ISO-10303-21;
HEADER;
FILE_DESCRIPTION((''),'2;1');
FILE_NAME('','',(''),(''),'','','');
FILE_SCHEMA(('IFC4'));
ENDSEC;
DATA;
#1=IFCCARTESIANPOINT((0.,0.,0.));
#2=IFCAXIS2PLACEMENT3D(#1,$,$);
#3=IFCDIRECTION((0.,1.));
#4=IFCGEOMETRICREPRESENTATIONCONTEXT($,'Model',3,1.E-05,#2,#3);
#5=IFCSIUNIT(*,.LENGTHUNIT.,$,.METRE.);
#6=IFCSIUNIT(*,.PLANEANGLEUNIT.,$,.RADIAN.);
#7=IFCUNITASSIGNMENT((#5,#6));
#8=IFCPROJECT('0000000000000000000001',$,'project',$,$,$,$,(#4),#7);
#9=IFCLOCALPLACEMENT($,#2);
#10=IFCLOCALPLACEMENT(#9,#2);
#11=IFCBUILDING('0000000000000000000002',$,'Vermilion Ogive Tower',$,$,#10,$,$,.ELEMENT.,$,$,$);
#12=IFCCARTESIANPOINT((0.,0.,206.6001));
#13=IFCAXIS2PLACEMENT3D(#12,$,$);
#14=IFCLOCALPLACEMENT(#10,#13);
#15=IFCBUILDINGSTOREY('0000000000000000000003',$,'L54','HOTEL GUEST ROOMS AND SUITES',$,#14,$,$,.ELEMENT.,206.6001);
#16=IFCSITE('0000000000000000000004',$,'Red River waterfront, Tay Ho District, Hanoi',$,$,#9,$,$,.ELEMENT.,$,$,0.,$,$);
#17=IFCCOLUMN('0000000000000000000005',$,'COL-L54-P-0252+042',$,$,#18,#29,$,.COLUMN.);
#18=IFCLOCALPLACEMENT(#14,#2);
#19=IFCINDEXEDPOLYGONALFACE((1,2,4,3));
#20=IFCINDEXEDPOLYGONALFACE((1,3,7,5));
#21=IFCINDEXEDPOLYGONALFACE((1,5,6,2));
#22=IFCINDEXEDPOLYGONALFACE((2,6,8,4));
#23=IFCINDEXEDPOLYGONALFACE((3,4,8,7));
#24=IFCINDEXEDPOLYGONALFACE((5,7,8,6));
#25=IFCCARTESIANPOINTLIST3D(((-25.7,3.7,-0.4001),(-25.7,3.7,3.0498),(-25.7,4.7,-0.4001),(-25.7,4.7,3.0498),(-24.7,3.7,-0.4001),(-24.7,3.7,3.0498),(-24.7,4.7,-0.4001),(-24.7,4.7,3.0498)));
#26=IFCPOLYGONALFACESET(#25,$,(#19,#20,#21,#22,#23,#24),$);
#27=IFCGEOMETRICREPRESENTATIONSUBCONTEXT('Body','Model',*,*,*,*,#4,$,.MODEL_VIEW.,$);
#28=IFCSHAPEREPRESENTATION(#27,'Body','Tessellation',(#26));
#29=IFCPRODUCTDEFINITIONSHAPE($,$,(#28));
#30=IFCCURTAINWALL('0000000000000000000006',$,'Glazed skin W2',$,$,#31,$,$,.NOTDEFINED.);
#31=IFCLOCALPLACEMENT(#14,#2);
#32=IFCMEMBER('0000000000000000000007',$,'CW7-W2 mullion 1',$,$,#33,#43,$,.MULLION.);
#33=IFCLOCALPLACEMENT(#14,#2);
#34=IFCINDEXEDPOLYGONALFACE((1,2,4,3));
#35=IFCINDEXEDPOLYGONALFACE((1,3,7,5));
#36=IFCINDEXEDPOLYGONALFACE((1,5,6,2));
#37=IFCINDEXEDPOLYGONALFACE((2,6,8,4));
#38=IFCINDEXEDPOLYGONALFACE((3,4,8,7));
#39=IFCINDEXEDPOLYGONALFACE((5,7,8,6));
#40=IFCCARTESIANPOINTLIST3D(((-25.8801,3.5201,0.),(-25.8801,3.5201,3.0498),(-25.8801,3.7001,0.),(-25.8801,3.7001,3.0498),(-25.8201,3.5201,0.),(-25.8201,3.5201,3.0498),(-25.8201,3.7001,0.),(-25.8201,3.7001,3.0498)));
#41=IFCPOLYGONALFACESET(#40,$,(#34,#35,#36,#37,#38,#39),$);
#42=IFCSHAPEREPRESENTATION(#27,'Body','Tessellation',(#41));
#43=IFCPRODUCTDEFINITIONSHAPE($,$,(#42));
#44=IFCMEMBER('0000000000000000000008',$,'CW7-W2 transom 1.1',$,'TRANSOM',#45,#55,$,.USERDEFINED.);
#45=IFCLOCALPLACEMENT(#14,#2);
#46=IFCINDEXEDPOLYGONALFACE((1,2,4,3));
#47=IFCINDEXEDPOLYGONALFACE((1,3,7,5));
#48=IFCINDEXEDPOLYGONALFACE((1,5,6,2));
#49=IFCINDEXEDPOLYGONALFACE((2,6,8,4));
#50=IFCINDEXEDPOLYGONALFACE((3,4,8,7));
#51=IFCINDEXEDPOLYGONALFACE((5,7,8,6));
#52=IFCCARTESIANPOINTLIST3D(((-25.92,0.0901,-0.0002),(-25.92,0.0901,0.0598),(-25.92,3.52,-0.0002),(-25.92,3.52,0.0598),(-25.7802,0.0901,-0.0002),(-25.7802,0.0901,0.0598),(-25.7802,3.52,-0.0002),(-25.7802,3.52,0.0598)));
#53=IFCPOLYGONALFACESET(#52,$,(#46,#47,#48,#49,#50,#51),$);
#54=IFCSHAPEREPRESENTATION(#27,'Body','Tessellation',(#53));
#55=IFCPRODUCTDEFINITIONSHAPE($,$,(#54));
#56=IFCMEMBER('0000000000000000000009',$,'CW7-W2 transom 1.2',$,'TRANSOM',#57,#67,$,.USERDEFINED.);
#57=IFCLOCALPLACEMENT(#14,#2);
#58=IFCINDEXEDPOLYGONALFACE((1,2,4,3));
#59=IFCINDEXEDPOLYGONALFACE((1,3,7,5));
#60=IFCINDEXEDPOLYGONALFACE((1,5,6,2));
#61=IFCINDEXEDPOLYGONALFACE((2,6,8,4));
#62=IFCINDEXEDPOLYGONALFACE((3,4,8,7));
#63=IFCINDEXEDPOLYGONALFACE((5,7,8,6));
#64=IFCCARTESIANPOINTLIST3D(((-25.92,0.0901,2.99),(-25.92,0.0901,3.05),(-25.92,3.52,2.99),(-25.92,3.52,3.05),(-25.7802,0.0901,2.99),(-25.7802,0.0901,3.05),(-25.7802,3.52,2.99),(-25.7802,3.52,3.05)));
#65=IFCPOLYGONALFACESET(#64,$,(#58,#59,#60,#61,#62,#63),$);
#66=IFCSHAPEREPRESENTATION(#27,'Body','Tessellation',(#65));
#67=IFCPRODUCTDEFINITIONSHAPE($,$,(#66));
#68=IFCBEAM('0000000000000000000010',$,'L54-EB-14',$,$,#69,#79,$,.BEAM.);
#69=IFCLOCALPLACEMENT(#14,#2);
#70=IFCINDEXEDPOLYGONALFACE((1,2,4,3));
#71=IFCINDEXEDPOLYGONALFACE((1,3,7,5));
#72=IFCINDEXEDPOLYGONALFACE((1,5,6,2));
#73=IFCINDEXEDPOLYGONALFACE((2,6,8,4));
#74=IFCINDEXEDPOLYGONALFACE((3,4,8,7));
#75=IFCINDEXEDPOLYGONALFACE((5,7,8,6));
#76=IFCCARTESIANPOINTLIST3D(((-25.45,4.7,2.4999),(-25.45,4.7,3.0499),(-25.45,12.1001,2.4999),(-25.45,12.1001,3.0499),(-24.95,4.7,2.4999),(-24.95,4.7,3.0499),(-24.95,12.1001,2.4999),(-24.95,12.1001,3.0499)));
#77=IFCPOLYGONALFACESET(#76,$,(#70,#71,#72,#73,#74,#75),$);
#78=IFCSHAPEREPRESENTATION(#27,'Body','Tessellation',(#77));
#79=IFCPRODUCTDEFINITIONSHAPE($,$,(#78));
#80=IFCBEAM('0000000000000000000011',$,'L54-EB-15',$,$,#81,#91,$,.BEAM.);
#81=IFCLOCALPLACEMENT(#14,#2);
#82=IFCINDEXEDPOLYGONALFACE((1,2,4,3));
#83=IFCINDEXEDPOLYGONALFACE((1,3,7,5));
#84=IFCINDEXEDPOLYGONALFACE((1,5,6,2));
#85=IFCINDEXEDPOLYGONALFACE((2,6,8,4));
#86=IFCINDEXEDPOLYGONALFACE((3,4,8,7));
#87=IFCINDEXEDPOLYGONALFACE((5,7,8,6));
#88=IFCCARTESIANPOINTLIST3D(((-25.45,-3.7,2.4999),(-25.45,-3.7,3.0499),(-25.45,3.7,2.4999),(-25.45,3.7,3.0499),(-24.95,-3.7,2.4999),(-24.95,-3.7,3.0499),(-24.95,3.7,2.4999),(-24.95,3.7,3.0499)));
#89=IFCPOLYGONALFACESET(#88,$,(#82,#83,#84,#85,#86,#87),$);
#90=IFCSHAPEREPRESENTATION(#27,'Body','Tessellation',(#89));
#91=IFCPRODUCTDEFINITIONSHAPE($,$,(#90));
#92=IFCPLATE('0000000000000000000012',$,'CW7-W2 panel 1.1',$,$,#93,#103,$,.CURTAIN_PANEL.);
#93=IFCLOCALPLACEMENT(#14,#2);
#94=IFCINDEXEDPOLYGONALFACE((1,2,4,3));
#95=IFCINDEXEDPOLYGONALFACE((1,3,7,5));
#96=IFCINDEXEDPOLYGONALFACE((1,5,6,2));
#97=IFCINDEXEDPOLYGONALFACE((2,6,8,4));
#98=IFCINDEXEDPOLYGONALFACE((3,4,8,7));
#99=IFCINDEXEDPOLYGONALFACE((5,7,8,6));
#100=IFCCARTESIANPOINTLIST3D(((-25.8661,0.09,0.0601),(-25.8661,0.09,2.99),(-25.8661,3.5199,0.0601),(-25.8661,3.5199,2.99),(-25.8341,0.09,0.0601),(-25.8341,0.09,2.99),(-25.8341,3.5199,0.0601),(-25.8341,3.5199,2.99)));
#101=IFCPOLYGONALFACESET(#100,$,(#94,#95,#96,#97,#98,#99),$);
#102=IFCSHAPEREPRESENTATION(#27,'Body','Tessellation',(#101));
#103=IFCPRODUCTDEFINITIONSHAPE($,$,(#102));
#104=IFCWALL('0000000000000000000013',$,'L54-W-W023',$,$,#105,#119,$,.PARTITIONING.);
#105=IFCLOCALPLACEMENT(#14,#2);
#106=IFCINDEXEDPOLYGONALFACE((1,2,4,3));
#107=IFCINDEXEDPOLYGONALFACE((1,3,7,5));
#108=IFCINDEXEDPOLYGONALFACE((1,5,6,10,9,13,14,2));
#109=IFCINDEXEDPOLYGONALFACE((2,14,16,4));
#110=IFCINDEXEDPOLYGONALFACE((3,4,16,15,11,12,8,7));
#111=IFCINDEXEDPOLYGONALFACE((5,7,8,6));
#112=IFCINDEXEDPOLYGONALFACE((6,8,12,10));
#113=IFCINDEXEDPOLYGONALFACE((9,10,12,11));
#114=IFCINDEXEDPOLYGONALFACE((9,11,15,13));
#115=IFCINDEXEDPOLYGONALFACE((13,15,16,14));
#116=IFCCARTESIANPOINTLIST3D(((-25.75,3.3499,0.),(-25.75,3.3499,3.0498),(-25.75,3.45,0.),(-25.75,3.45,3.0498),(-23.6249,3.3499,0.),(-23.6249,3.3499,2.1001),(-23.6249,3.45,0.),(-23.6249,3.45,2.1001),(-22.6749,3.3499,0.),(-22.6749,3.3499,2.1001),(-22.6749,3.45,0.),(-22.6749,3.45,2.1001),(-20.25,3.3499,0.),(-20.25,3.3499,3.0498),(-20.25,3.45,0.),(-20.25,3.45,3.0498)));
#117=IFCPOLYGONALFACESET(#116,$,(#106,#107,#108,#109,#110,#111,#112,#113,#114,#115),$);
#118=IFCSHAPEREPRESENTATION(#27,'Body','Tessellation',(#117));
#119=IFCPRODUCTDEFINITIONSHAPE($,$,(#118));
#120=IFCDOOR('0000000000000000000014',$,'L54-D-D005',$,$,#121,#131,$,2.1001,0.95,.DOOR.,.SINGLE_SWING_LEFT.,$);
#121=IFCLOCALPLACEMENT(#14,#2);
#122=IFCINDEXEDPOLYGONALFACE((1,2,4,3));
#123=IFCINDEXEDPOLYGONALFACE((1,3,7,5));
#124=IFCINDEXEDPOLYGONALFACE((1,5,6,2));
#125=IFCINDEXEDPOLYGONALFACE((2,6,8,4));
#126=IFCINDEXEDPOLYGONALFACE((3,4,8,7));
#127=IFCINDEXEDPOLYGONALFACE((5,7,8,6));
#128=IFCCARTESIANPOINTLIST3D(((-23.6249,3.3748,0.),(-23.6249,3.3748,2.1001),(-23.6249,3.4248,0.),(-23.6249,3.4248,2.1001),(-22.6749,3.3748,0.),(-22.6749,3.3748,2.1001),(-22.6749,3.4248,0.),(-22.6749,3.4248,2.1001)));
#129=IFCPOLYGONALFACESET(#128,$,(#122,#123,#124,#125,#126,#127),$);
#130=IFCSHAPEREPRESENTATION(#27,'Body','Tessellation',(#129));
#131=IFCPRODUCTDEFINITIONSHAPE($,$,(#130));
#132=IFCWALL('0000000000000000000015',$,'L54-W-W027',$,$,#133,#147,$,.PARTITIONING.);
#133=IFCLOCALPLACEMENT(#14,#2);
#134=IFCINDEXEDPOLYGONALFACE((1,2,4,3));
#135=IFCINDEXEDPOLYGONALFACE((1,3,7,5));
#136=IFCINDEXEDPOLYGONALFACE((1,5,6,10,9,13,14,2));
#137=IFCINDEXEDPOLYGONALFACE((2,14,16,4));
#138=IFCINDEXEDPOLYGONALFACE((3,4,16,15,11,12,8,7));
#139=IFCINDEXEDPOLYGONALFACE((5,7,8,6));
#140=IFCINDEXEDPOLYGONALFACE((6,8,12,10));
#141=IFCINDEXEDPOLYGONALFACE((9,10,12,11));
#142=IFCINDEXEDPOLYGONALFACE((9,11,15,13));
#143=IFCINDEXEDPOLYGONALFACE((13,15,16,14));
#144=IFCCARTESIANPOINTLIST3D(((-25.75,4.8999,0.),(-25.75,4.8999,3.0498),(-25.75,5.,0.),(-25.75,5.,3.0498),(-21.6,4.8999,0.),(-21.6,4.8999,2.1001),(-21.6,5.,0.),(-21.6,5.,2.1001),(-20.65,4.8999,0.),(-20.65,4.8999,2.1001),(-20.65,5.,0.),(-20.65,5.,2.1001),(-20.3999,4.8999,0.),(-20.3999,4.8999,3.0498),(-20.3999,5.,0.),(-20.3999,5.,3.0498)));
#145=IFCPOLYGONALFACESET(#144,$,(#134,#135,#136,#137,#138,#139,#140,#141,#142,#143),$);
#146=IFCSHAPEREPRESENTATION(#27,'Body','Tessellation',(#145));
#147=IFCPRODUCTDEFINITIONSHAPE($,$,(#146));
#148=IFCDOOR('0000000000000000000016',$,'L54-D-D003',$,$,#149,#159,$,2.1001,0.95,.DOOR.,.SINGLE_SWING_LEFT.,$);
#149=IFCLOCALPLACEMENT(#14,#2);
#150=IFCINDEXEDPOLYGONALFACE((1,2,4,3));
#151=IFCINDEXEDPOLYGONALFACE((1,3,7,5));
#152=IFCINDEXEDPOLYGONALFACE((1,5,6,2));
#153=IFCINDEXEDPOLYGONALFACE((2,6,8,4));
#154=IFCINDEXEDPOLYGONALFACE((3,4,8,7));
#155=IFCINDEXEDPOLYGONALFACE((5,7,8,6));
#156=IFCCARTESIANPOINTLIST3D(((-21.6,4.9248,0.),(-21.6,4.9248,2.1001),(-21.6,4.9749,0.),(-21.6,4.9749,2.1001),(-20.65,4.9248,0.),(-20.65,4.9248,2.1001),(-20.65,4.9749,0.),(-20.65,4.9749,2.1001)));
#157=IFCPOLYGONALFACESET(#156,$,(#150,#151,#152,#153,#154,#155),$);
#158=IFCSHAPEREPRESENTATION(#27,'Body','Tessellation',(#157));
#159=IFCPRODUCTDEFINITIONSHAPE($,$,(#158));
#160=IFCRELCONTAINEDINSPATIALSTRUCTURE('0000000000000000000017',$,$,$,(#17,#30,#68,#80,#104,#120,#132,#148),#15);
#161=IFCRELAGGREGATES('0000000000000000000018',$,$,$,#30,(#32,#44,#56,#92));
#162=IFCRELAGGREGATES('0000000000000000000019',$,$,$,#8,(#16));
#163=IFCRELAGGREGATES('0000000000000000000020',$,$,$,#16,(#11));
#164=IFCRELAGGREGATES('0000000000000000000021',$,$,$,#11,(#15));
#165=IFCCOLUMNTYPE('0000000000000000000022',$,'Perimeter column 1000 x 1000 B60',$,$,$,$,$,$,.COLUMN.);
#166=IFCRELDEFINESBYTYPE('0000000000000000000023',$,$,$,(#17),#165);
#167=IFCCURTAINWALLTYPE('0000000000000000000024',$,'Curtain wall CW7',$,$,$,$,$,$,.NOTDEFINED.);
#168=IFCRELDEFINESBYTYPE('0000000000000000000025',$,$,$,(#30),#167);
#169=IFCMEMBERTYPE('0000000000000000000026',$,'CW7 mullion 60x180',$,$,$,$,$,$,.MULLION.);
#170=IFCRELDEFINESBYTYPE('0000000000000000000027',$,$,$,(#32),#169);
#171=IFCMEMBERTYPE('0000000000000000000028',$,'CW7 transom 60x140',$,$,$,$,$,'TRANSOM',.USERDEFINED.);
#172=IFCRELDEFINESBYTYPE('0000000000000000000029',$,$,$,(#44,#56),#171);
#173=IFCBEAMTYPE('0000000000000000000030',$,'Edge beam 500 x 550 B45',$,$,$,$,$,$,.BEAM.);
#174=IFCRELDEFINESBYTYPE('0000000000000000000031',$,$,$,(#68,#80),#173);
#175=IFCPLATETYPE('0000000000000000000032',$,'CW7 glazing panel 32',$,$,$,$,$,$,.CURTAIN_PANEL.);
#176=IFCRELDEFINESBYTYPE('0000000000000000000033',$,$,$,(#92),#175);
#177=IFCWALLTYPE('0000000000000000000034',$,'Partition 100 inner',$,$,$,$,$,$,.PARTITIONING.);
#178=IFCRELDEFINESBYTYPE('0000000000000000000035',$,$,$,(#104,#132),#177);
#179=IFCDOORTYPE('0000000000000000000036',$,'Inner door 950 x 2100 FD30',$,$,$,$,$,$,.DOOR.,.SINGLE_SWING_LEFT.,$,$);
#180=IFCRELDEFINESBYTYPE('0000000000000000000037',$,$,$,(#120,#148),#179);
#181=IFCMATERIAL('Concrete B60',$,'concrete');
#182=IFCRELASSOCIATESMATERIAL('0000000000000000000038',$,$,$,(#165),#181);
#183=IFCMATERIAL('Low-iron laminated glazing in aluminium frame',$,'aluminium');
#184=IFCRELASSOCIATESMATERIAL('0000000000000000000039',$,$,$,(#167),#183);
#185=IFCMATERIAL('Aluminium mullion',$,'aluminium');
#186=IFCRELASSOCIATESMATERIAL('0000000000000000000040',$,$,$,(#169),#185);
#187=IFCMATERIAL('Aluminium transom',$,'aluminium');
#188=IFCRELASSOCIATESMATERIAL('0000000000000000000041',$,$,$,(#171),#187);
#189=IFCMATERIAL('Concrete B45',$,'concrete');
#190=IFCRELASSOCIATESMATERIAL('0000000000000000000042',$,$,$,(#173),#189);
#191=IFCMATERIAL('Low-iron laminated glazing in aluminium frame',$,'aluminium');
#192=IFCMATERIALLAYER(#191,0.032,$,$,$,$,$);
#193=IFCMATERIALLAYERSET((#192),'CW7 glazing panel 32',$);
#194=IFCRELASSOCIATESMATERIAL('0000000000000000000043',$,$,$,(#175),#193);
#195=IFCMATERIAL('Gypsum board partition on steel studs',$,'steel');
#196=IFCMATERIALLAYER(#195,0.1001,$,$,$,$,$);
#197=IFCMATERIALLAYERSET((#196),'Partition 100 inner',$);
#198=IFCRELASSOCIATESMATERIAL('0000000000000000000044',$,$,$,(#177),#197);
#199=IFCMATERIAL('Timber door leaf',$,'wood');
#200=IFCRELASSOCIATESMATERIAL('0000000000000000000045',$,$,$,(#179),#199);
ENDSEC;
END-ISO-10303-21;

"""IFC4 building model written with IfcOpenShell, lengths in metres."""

from ifc_helpers import new_model, si_unit, direction, frame, frame_2d, origin, origin_2d, place, context, subcontext, project, spatial, rectangle, extrude, material, layer, layer_set, material_profile, profile_set, type_object, element, fill, aggregate, save


model = new_model("IFC4")

# Units and contexts
model_context = context("Model", 3, precision=1e-05, world=origin(), true_north=direction((0.0, 1.0)))
body_context = subcontext(model_context, "Body", "Model", "MODEL_VIEW")
ifc_project = project(units=[si_unit("LENGTHUNIT", "METRE"), si_unit("PLANEANGLEUNIT", "RADIAN")], contexts=[model_context])

# Site, building, storey
site_placement = place(None, origin())
site = spatial("IfcSite", under=ifc_project, at=site_placement, Name="Red River waterfront, Tay Ho District, Hanoi", CompositionType="ELEMENT", RefElevation=0.0)
building_placement = place(site_placement, origin())
building = spatial("IfcBuilding", under=site, at=building_placement, Name="Vermilion Ogive Tower", CompositionType="ELEMENT")
storey_placement = place(building_placement, frame((0.0, 0.0, 206.6001)))
storey = spatial("IfcBuildingStorey", under=building, at=storey_placement, Name="L54", Description="HOTEL GUEST ROOMS AND SUITES", CompositionType="ELEMENT", Elevation=206.6001)

# Column
ifc_material_1 = material(Name="Concrete B60", Category="concrete")
ifc_material_profile_1 = material_profile(ifc_material_1, rectangle(XDim=1.0, YDim=1.0, at=origin_2d()), Name="1000 x 1000")
ifc_profile_set_1 = profile_set([ifc_material_profile_1], Name="Concrete B60")
column_type = type_object("IfcColumnType", Name="Perimeter column 1000 x 1000 B60", PredefinedType="COLUMN", material=ifc_profile_set_1)
column_placement = place(storey_placement, frame((-25.2, 4.2, -0.4001), z_axis=(0.0, 0.0, 1.0), x_axis=(1.0, 0.0, 0.0)))
element("IfcColumn", 1, at=column_placement, inside=storey, type_object=column_type, Name="COL-L54-P-0252+042", PredefinedType="COLUMN", context=body_context, shape_type="SweptSolid", body=[
    extrude(rectangle(XDim=1.0, YDim=1.0, at=origin_2d()), origin(), (0.0, 0.0, 1.0), 3.45),
])

# Curtain wall, members
ifc_material_2 = material(Name="Low-iron laminated glazing in aluminium frame", Category="aluminium")
curtain_wall_type = type_object("IfcCurtainWallType", Name="Curtain wall CW7", PredefinedType="NOTDEFINED", material=ifc_material_2)
curtain_wall_placement = place(storey_placement, origin())
curtain_wall = element("IfcCurtainWall", 2, at=curtain_wall_placement, inside=storey, type_object=curtain_wall_type, Name="Glazed skin W2", PredefinedType="NOTDEFINED")
ifc_material_3 = material(Name="Aluminium mullion", Category="aluminium")
ifc_material_profile_2 = material_profile(ifc_material_3, rectangle(XDim=0.0601, YDim=0.1799, at=origin_2d()), Name="AL 60x180")
ifc_profile_set_2 = profile_set([ifc_material_profile_2], Name="Aluminium mullion")
member_type_1 = type_object("IfcMemberType", Name="CW7 mullion 60x180", PredefinedType="MULLION", material=ifc_profile_set_2)
member_1_placement = place(storey_placement, frame((-25.8501, 3.6101, 0.0), z_axis=(0.0, 0.0, 1.0), x_axis=(1.0, 0.0, 0.0)))
member_1 = element("IfcMember", 3, at=member_1_placement, type_object=member_type_1, Name="CW7-W2 mullion 1", PredefinedType="MULLION", context=body_context, shape_type="SweptSolid", body=[
    extrude(rectangle(XDim=0.0601, YDim=0.1799, at=origin_2d()), origin(), (0.0, 0.0, 1.0), 3.0498),
])
ifc_material_4 = material(Name="Aluminium transom", Category="aluminium")
ifc_material_profile_3 = material_profile(ifc_material_4, rectangle(XDim=0.1399, YDim=0.0601, at=origin_2d()), Name="AL 60x140")
ifc_profile_set_3 = profile_set([ifc_material_profile_3], Name="Aluminium transom")
member_type_2 = type_object("IfcMemberType", Name="CW7 transom 60x140", ElementType="TRANSOM", PredefinedType="USERDEFINED", material=ifc_profile_set_3)
member_2_placement = place(storey_placement, frame((-25.8501, 3.52, 0.0298), z_axis=(0.0, -1.0, 0.0), x_axis=(1.0, 0.0, 0.0)))
member_2 = element("IfcMember", 4, at=member_2_placement, type_object=member_type_2, Name="CW7-W2 transom 1.1", ObjectType="TRANSOM", PredefinedType="USERDEFINED", context=body_context, shape_type="SweptSolid", body=[
    extrude(rectangle(XDim=0.1399, YDim=0.0601, at=origin_2d()), origin(), (0.0, 0.0, 1.0), 3.4299),
])
member_3_placement = place(storey_placement, frame((-25.8501, 3.52, 3.02), z_axis=(0.0, -1.0, 0.0), x_axis=(1.0, 0.0, 0.0)))
member_3 = element("IfcMember", 5, at=member_3_placement, type_object=member_type_2, Name="CW7-W2 transom 1.2", ObjectType="TRANSOM", PredefinedType="USERDEFINED", context=body_context, shape_type="SweptSolid", body=[
    extrude(rectangle(XDim=0.1399, YDim=0.0601, at=origin_2d()), origin(), (0.0, 0.0, 1.0), 3.4299),
])

# Beams
ifc_material_5 = material(Name="Concrete B45", Category="concrete")
ifc_material_profile_4 = material_profile(ifc_material_5, rectangle(XDim=0.5, YDim=0.55, at=origin_2d()), Name="500 x 550")
ifc_profile_set_4 = profile_set([ifc_material_profile_4], Name="Concrete B45")
beam_type = type_object("IfcBeamType", Name="Edge beam 500 x 550 B45", PredefinedType="BEAM", material=ifc_profile_set_4)
beam_1_placement = place(storey_placement, frame((-25.2, 12.1001, 2.7749), z_axis=(0.0, -1.0, 0.0), x_axis=(1.0, 0.0, 0.0)))
element("IfcBeam", 6, at=beam_1_placement, inside=storey, type_object=beam_type, Name="L54-EB-14", PredefinedType="BEAM", context=body_context, shape_type="SweptSolid", body=[
    extrude(rectangle(XDim=0.5, YDim=0.55, at=origin_2d()), origin(), (0.0, 0.0, 1.0), 7.4001),
])
beam_2_placement = place(storey_placement, frame((-25.2, 3.7, 2.7749), z_axis=(0.0, -1.0, 0.0), x_axis=(1.0, 0.0, 0.0)))
element("IfcBeam", 7, at=beam_2_placement, inside=storey, type_object=beam_type, Name="L54-EB-15", PredefinedType="BEAM", context=body_context, shape_type="SweptSolid", body=[
    extrude(rectangle(XDim=0.5, YDim=0.55, at=origin_2d()), origin(), (0.0, 0.0, 1.0), 7.3999),
])

# Plate
ifc_material_6 = material(Name="Low-iron laminated glazing in aluminium frame", Category="aluminium")
ifc_layer_1 = layer(ifc_material_6, 0.032)
ifc_layer_set_1 = layer_set([ifc_layer_1], Name="CW7 glazing panel 32")
plate_type = type_object("IfcPlateType", Name="CW7 glazing panel 32", PredefinedType="CURTAIN_PANEL", material=ifc_layer_set_1)
plate_placement = place(storey_placement, frame((-25.8501, 1.8049, 0.0601), z_axis=(0.0, 0.0, 1.0), x_axis=(0.0, -1.0, 0.0)))
plate = element("IfcPlate", 8, at=plate_placement, type_object=plate_type, Name="CW7-W2 panel 1.1", PredefinedType="CURTAIN_PANEL", context=body_context, shape_type="SweptSolid", body=[
    extrude(rectangle(XDim=3.4299, YDim=0.032, at=origin_2d()), origin(), (0.0, 0.0, 1.0), 2.9299),
])
aggregate(curtain_wall, [member_1, member_2, member_3, plate])

# Walls, openings, doors
ifc_material_7 = material(Name="Gypsum board partition on steel studs", Category="steel")
ifc_layer_2 = layer(ifc_material_7, 0.1001)
ifc_layer_set_2 = layer_set([ifc_layer_2], Name="Partition 100 inner")
wall_type_1 = type_object("IfcWallType", Name="Partition 100 inner", PredefinedType="PARTITIONING", material=ifc_layer_set_2)
wall_1_placement = place(storey_placement, frame((-25.75, 3.3999, 0.0), z_axis=(0.0, 0.0, 1.0), x_axis=(1.0, 0.0, 0.0)))
wall_1 = element("IfcWall", 9, at=wall_1_placement, inside=storey, type_object=wall_type_1, Name="L54-W-W023", PredefinedType="PARTITIONING", context=body_context, shape_type="SweptSolid", body=[
    extrude(rectangle(XDim=5.5, YDim=0.1001, at=frame_2d((2.75, 0.0))), origin(), (0.0, 0.0, 1.0), 3.0498),
])
opening_1_placement = place(wall_1_placement, frame((2.125, 0.0, 0.0)))
opening_1 = element("IfcOpeningElement", 10, at=opening_1_placement, cuts=wall_1, PredefinedType="OPENING", context=body_context, shape_type="SweptSolid", body=[
    extrude(rectangle(XDim=0.95, YDim=2.1001, at=frame_2d((0.4751, 1.05))), frame((0.0, 0.0601, 0.0), z_axis=(0.0, -1.0, 0.0), x_axis=(1.0, 0.0, 0.0)), (0.0, 0.0, 1.0), 0.1201),
])
ifc_material_8 = material(Name="Timber door leaf", Category="wood")
door_type_1 = type_object("IfcDoorType", Name="Inner door 950 x 2100 FD30", OperationType="SINGLE_SWING_LEFT", PredefinedType="DOOR", material=ifc_material_8)
door_1_placement = place(opening_1_placement, origin())
door_1 = element("IfcDoor", 11, at=door_1_placement, inside=storey, type_object=door_type_1, Name="L54-D-D005", OperationType="SINGLE_SWING_LEFT", OverallHeight=2.1001, OverallWidth=0.95, PredefinedType="DOOR", context=body_context, shape_type="SweptSolid", body=[
    extrude(rectangle(XDim=0.95, YDim=2.1001, at=frame_2d((0.4751, 1.05))), frame((0.0, 0.0249, 0.0), z_axis=(0.0, -1.0, 0.0), x_axis=(1.0, 0.0, 0.0)), (0.0, 0.0, 1.0), 0.05),
])
fill(opening_1, door_1)
wall_2_placement = place(storey_placement, frame((-25.75, 4.95, 0.0), z_axis=(0.0, 0.0, 1.0), x_axis=(1.0, 0.0, 0.0)))
wall_2 = element("IfcWall", 12, at=wall_2_placement, inside=storey, type_object=wall_type_1, Name="L54-W-W027", PredefinedType="PARTITIONING", context=body_context, shape_type="SweptSolid", body=[
    extrude(rectangle(XDim=5.3501, YDim=0.1001, at=frame_2d((2.675, 0.0))), origin(), (0.0, 0.0, 1.0), 3.0498),
])
opening_2_placement = place(wall_2_placement, frame((4.1499, 0.0, 0.0)))
opening_2 = element("IfcOpeningElement", 13, at=opening_2_placement, cuts=wall_2, PredefinedType="OPENING", context=body_context, shape_type="SweptSolid", body=[
    extrude(rectangle(XDim=0.95, YDim=2.1001, at=frame_2d((0.4751, 1.05))), frame((0.0, 0.0601, 0.0), z_axis=(0.0, -1.0, 0.0), x_axis=(1.0, 0.0, 0.0)), (0.0, 0.0, 1.0), 0.1201),
])
door_2_placement = place(opening_2_placement, origin())
door_2 = element("IfcDoor", 14, at=door_2_placement, inside=storey, type_object=door_type_1, Name="L54-D-D003", OperationType="SINGLE_SWING_LEFT", OverallHeight=2.1001, OverallWidth=0.95, PredefinedType="DOOR", context=body_context, shape_type="SweptSolid", body=[
    extrude(rectangle(XDim=0.95, YDim=2.1001, at=frame_2d((0.4751, 1.05))), frame((0.0, 0.0249, 0.0), z_axis=(0.0, -1.0, 0.0), x_axis=(1.0, 0.0, 0.0)), (0.0, 0.0, 1.0), 0.05),
])
fill(opening_2, door_2)

save(model, "model.ifc")
